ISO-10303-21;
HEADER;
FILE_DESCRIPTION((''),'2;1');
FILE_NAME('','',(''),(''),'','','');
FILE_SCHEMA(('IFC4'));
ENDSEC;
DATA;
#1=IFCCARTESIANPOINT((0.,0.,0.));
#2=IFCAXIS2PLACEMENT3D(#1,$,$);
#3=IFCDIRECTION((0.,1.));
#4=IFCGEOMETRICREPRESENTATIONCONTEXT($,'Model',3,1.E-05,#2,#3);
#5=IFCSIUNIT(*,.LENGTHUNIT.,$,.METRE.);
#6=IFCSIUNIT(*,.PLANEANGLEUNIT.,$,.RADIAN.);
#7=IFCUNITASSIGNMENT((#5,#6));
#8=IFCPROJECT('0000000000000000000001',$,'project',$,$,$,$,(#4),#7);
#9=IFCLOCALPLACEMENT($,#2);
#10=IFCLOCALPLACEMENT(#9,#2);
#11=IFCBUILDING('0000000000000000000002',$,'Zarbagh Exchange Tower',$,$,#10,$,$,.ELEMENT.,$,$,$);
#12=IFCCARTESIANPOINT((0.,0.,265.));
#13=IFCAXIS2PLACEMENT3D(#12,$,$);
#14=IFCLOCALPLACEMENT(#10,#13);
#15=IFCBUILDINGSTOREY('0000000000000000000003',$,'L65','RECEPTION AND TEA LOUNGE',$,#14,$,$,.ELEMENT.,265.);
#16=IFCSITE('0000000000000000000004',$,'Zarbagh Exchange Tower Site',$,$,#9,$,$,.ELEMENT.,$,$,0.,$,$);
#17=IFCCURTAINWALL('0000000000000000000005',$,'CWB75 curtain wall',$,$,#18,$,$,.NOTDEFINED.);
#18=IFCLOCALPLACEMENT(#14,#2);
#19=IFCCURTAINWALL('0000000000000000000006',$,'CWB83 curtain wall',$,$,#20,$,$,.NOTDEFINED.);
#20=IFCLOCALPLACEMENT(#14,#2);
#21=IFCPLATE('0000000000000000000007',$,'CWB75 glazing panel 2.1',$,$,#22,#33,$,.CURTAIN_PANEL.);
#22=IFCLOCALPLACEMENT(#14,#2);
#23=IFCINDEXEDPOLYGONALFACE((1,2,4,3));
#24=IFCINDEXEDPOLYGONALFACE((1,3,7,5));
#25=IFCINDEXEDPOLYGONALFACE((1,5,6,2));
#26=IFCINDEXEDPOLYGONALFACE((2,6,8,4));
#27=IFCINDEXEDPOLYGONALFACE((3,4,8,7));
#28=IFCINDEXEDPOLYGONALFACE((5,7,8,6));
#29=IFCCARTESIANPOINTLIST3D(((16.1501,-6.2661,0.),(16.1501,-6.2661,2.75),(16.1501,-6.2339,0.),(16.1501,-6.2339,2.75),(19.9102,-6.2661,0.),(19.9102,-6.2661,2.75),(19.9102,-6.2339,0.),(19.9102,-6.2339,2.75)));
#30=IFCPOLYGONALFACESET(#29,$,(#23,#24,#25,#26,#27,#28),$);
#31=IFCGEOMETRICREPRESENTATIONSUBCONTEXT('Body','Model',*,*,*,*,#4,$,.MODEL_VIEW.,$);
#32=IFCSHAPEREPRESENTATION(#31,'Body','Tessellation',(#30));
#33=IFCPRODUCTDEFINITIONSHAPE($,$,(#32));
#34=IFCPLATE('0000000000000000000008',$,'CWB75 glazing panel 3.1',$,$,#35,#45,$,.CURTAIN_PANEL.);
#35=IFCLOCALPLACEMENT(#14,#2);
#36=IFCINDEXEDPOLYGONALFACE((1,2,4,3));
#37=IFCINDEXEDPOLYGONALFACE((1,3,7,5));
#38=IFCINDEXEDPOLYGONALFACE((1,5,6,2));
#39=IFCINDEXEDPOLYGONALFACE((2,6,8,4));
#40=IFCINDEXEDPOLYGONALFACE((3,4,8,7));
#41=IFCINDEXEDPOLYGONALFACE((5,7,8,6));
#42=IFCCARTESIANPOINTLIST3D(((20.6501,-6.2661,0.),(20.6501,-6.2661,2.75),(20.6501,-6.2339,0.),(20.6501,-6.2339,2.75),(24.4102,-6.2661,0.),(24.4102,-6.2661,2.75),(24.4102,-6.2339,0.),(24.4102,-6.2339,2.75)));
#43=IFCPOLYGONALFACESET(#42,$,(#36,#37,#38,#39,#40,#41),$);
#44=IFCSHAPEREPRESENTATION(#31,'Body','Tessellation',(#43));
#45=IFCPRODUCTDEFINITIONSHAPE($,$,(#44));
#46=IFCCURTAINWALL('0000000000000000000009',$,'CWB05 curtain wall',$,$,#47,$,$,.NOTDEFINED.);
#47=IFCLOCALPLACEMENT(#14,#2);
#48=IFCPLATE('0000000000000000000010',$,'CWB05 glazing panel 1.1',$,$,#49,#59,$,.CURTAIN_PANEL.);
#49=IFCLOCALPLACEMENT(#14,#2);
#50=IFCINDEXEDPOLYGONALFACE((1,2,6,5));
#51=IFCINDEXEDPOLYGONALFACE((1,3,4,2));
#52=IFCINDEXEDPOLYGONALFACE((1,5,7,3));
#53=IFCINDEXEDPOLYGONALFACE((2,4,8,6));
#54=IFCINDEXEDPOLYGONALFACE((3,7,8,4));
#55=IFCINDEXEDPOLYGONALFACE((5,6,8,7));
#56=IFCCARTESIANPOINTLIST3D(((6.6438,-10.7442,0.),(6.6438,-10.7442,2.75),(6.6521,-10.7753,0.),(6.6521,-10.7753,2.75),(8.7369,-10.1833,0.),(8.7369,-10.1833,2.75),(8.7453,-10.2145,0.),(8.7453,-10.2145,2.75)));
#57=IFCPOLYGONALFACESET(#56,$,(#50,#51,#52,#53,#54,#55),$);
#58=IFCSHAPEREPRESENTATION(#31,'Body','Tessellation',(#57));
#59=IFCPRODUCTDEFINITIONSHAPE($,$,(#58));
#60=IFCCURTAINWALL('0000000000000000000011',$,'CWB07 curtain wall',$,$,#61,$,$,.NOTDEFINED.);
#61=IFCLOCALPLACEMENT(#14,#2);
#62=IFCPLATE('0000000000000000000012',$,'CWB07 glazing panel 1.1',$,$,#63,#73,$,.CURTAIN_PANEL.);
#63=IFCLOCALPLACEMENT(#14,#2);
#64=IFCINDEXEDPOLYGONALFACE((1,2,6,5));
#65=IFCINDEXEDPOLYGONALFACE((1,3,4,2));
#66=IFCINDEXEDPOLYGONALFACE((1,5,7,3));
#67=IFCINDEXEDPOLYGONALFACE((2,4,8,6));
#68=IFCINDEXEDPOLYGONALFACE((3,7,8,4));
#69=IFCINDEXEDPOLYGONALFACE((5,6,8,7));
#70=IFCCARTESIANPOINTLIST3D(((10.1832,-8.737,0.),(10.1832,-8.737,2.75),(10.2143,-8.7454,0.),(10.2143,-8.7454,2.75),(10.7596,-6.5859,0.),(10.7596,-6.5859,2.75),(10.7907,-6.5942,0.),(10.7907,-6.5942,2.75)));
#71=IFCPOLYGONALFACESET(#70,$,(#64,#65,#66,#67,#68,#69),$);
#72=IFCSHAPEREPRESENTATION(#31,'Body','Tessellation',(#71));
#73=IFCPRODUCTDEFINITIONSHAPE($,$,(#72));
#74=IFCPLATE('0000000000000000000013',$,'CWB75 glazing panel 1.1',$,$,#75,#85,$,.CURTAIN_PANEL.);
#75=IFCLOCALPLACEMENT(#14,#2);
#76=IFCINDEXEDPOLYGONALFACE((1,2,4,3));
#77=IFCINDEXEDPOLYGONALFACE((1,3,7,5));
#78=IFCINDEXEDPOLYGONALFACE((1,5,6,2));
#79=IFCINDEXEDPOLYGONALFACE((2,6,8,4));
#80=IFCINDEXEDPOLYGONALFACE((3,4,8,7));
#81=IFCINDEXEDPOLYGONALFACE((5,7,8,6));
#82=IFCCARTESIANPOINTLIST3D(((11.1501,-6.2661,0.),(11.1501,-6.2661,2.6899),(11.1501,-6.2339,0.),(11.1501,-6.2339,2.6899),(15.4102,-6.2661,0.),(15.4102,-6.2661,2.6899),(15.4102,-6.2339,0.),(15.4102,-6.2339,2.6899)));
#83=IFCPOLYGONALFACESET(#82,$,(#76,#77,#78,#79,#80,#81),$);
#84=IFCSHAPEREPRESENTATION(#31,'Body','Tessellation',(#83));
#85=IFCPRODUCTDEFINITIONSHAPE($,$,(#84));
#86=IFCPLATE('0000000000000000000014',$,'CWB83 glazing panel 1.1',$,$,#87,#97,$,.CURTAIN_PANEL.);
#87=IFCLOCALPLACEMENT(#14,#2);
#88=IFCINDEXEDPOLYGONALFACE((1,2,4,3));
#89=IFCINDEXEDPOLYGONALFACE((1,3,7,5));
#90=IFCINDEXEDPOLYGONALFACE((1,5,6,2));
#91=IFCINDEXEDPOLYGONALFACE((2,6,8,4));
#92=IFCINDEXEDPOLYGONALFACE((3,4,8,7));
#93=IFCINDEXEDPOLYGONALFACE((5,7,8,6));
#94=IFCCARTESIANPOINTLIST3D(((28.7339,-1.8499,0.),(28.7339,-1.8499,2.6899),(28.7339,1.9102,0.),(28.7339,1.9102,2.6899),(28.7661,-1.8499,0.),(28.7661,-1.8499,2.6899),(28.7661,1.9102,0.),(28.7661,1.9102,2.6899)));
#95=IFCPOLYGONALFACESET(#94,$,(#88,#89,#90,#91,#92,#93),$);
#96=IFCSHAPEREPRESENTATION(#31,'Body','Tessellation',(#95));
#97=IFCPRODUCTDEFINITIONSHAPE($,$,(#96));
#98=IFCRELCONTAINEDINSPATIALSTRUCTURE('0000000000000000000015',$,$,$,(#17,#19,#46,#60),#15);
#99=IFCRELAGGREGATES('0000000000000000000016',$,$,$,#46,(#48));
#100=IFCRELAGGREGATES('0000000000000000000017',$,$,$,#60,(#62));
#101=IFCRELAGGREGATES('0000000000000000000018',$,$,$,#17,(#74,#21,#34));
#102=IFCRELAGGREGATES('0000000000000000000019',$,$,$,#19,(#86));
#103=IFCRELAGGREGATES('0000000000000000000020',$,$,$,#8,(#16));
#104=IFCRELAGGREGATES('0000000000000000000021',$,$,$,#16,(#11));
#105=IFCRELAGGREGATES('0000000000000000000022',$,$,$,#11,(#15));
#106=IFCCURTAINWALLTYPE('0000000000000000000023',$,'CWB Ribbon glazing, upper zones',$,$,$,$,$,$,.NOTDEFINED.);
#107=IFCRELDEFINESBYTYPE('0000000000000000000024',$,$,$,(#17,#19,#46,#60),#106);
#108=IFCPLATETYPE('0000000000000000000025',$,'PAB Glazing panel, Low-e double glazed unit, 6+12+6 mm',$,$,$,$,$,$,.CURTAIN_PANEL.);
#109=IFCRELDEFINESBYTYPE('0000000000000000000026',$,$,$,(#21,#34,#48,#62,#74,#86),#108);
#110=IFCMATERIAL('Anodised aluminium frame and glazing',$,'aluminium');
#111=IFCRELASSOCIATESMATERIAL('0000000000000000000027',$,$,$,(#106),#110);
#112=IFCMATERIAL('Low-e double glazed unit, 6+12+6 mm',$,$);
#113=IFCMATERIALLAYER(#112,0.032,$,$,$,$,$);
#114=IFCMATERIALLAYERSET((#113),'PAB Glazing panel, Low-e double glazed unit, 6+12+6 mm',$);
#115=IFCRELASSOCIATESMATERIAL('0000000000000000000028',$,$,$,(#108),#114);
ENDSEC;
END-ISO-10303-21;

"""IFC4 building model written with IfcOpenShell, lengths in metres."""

from ifc_helpers import new_model, si_unit, direction, frame, origin, place, context, subcontext, project, spatial, polyline, outline, extrude, source, transform, mapped, material, layer, layer_set, type_object, element, aggregate, save


model = new_model("IFC4")

# Units and contexts
model_context = context("Model", 3, precision=1e-05, world=origin(), true_north=direction((0.0, 1.0)))
body_context = subcontext(model_context, "Body", "Model", "MODEL_VIEW")
ifc_project = project(units=[si_unit("LENGTHUNIT", "METRE"), si_unit("PLANEANGLEUNIT", "RADIAN")], contexts=[model_context])

# Site, building, storey
site_placement = place(None, origin())
site = spatial("IfcSite", under=ifc_project, at=site_placement, Name="Zarbagh Exchange Tower Site", CompositionType="ELEMENT", RefElevation=0.0)
building_placement = place(site_placement, origin())
building = spatial("IfcBuilding", under=site, at=building_placement, Name="Zarbagh Exchange Tower", CompositionType="ELEMENT")
storey_placement = place(building_placement, frame((0.0, 0.0, 265.0)))
storey = spatial("IfcBuildingStorey", under=building, at=storey_placement, Name="L65", Description="RECEPTION AND TEA LOUNGE", CompositionType="ELEMENT", Elevation=265.0)

# Curtain wall
ifc_material_1 = material(Name="Anodised aluminium frame and glazing", Category="aluminium")
curtain_wall_type = type_object("IfcCurtainWallType", Name="CWB Ribbon glazing, upper zones", PredefinedType="NOTDEFINED", material=ifc_material_1)
curtain_wall_1_placement = place(storey_placement, origin())
curtain_wall_1 = element("IfcCurtainWall", 1, at=curtain_wall_1_placement, inside=storey, type_object=curtain_wall_type, Name="CWB75 curtain wall", PredefinedType="NOTDEFINED")
placement = place(storey_placement, origin())

# Curtain wall
curtain_wall_2_placement = place(storey_placement, origin())
curtain_wall_2 = element("IfcCurtainWall", 2, at=curtain_wall_2_placement, inside=storey, type_object=curtain_wall_type, Name="CWB83 curtain wall", PredefinedType="NOTDEFINED")

# Shared definitions
ifc_material_2 = material(Name="Low-e double glazed unit, 6+12+6 mm")
ifc_layer = layer(ifc_material_2, 0.032)
ifc_layer_set = layer_set([ifc_layer], Name="PAB Glazing panel, Low-e double glazed unit, 6+12+6 mm")
plate_type = type_object("IfcPlateType", Name="PAB Glazing panel, Low-e double glazed unit, 6+12+6 mm", PredefinedType="CURTAIN_PANEL", material=ifc_layer_set)

# Plates
shared_shape_1 = source(origin(), body_context, "Body", "SweptSolid", [
    extrude(outline(polyline([(0.0, -0.0161), (3.76, -0.0161), (3.76, 0.0161), (0.0, 0.0161), (0.0, -0.0161)])), origin(), (0.0, 0.0, 1.0), 2.75),
])
plate_1 = element("IfcPlate", 3, at=placement, type_object=plate_type, Name="CWB75 glazing panel 2.1", PredefinedType="CURTAIN_PANEL", context=body_context, shape_type="MappedRepresentation", body=[
    mapped(shared_shape_1, transform((16.1501, -6.25, 0.0), x_axis=(1.0, 0.0, 0.0), y_axis=(0.0, 1.0, 0.0), z_axis=(0.0, 0.0, 1.0))),
])
plate_2 = element("IfcPlate", 4, at=placement, type_object=plate_type, Name="CWB75 glazing panel 3.1", PredefinedType="CURTAIN_PANEL", context=body_context, shape_type="MappedRepresentation", body=[
    mapped(shared_shape_1, transform((20.6501, -6.25, 0.0), x_axis=(1.0, 0.0, 0.0), y_axis=(0.0, 1.0, 0.0), z_axis=(0.0, 0.0, 1.0))),
])

# Curtain walls, plates
curtain_wall_3_placement = place(storey_placement, origin())
curtain_wall_3 = element("IfcCurtainWall", 5, at=curtain_wall_3_placement, inside=storey, type_object=curtain_wall_type, Name="CWB05 curtain wall", PredefinedType="NOTDEFINED")
shared_shape_2 = source(origin(), body_context, "Body", "SweptSolid", [
    extrude(outline(polyline([(0.0, -0.0161), (2.167, -0.0161), (2.167, 0.0161), (0.0, 0.0161), (0.0, -0.0161)])), origin(), (0.0, 0.0, 1.0), 2.75),
])
plate_3 = element("IfcPlate", 6, at=placement, type_object=plate_type, Name="CWB05 glazing panel 1.1", PredefinedType="CURTAIN_PANEL", context=body_context, shape_type="MappedRepresentation", body=[
    mapped(shared_shape_2, transform((6.6479, -10.7598, 0.0), x_axis=(0.965924, 0.258825, 0.0), y_axis=(-0.258825, 0.965924, 0.0), z_axis=(0.0, 0.0, 1.0))),
])
aggregate(curtain_wall_3, [plate_3])
curtain_wall_4_placement = place(storey_placement, origin())
curtain_wall_4 = element("IfcCurtainWall", 7, at=curtain_wall_4_placement, inside=storey, type_object=curtain_wall_type, Name="CWB07 curtain wall", PredefinedType="NOTDEFINED")
shared_shape_3 = source(origin(), body_context, "Body", "SweptSolid", [
    extrude(outline(polyline([(0.0, -0.0161), (2.2271, -0.0161), (2.2271, 0.0161), (0.0, 0.0161), (0.0, -0.0161)])), origin(), (0.0, 0.0, 1.0), 2.75),
])
plate_4 = element("IfcPlate", 8, at=placement, type_object=plate_type, Name="CWB07 glazing panel 1.1", PredefinedType="CURTAIN_PANEL", context=body_context, shape_type="MappedRepresentation", body=[
    mapped(shared_shape_3, transform((10.1987, -8.7412, 0.0), x_axis=(0.258825, 0.965924, 0.0), y_axis=(-0.965924, 0.258825, 0.0), z_axis=(0.0, 0.0, 1.0))),
])
aggregate(curtain_wall_4, [plate_4])

# Plates
shared_shape_4 = source(origin(), body_context, "Body", "SweptSolid", [
    extrude(outline(polyline([(0.0, -0.0161), (4.26, -0.0161), (4.26, 0.0161), (0.0, 0.0161), (0.0, -0.0161)])), origin(), (0.0, 0.0, 1.0), 2.6899),
])
plate_5 = element("IfcPlate", 9, at=placement, type_object=plate_type, Name="CWB75 glazing panel 1.1", PredefinedType="CURTAIN_PANEL", context=body_context, shape_type="MappedRepresentation", body=[
    mapped(shared_shape_4, transform((11.1501, -6.25, 0.0), x_axis=(1.0, 0.0, 0.0), y_axis=(0.0, 1.0, 0.0), z_axis=(0.0, 0.0, 1.0))),
])
aggregate(curtain_wall_1, [plate_5, plate_1, plate_2])
shared_shape_5 = source(origin(), body_context, "Body", "SweptSolid", [
    extrude(outline(polyline([(0.0, -0.0161), (3.76, -0.0161), (3.76, 0.0161), (0.0, 0.0161), (0.0, -0.0161)])), origin(), (0.0, 0.0, 1.0), 2.6899),
])
plate_6 = element("IfcPlate", 10, at=placement, type_object=plate_type, Name="CWB83 glazing panel 1.1", PredefinedType="CURTAIN_PANEL", context=body_context, shape_type="MappedRepresentation", body=[
    mapped(shared_shape_5, transform((28.75, -1.8499, 0.0), x_axis=(0.0, 1.0, 0.0), y_axis=(-1.0, 0.0, 0.0), z_axis=(0.0, 0.0, 1.0))),
])
aggregate(curtain_wall_2, [plate_6])

save(model, "model.ifc")
